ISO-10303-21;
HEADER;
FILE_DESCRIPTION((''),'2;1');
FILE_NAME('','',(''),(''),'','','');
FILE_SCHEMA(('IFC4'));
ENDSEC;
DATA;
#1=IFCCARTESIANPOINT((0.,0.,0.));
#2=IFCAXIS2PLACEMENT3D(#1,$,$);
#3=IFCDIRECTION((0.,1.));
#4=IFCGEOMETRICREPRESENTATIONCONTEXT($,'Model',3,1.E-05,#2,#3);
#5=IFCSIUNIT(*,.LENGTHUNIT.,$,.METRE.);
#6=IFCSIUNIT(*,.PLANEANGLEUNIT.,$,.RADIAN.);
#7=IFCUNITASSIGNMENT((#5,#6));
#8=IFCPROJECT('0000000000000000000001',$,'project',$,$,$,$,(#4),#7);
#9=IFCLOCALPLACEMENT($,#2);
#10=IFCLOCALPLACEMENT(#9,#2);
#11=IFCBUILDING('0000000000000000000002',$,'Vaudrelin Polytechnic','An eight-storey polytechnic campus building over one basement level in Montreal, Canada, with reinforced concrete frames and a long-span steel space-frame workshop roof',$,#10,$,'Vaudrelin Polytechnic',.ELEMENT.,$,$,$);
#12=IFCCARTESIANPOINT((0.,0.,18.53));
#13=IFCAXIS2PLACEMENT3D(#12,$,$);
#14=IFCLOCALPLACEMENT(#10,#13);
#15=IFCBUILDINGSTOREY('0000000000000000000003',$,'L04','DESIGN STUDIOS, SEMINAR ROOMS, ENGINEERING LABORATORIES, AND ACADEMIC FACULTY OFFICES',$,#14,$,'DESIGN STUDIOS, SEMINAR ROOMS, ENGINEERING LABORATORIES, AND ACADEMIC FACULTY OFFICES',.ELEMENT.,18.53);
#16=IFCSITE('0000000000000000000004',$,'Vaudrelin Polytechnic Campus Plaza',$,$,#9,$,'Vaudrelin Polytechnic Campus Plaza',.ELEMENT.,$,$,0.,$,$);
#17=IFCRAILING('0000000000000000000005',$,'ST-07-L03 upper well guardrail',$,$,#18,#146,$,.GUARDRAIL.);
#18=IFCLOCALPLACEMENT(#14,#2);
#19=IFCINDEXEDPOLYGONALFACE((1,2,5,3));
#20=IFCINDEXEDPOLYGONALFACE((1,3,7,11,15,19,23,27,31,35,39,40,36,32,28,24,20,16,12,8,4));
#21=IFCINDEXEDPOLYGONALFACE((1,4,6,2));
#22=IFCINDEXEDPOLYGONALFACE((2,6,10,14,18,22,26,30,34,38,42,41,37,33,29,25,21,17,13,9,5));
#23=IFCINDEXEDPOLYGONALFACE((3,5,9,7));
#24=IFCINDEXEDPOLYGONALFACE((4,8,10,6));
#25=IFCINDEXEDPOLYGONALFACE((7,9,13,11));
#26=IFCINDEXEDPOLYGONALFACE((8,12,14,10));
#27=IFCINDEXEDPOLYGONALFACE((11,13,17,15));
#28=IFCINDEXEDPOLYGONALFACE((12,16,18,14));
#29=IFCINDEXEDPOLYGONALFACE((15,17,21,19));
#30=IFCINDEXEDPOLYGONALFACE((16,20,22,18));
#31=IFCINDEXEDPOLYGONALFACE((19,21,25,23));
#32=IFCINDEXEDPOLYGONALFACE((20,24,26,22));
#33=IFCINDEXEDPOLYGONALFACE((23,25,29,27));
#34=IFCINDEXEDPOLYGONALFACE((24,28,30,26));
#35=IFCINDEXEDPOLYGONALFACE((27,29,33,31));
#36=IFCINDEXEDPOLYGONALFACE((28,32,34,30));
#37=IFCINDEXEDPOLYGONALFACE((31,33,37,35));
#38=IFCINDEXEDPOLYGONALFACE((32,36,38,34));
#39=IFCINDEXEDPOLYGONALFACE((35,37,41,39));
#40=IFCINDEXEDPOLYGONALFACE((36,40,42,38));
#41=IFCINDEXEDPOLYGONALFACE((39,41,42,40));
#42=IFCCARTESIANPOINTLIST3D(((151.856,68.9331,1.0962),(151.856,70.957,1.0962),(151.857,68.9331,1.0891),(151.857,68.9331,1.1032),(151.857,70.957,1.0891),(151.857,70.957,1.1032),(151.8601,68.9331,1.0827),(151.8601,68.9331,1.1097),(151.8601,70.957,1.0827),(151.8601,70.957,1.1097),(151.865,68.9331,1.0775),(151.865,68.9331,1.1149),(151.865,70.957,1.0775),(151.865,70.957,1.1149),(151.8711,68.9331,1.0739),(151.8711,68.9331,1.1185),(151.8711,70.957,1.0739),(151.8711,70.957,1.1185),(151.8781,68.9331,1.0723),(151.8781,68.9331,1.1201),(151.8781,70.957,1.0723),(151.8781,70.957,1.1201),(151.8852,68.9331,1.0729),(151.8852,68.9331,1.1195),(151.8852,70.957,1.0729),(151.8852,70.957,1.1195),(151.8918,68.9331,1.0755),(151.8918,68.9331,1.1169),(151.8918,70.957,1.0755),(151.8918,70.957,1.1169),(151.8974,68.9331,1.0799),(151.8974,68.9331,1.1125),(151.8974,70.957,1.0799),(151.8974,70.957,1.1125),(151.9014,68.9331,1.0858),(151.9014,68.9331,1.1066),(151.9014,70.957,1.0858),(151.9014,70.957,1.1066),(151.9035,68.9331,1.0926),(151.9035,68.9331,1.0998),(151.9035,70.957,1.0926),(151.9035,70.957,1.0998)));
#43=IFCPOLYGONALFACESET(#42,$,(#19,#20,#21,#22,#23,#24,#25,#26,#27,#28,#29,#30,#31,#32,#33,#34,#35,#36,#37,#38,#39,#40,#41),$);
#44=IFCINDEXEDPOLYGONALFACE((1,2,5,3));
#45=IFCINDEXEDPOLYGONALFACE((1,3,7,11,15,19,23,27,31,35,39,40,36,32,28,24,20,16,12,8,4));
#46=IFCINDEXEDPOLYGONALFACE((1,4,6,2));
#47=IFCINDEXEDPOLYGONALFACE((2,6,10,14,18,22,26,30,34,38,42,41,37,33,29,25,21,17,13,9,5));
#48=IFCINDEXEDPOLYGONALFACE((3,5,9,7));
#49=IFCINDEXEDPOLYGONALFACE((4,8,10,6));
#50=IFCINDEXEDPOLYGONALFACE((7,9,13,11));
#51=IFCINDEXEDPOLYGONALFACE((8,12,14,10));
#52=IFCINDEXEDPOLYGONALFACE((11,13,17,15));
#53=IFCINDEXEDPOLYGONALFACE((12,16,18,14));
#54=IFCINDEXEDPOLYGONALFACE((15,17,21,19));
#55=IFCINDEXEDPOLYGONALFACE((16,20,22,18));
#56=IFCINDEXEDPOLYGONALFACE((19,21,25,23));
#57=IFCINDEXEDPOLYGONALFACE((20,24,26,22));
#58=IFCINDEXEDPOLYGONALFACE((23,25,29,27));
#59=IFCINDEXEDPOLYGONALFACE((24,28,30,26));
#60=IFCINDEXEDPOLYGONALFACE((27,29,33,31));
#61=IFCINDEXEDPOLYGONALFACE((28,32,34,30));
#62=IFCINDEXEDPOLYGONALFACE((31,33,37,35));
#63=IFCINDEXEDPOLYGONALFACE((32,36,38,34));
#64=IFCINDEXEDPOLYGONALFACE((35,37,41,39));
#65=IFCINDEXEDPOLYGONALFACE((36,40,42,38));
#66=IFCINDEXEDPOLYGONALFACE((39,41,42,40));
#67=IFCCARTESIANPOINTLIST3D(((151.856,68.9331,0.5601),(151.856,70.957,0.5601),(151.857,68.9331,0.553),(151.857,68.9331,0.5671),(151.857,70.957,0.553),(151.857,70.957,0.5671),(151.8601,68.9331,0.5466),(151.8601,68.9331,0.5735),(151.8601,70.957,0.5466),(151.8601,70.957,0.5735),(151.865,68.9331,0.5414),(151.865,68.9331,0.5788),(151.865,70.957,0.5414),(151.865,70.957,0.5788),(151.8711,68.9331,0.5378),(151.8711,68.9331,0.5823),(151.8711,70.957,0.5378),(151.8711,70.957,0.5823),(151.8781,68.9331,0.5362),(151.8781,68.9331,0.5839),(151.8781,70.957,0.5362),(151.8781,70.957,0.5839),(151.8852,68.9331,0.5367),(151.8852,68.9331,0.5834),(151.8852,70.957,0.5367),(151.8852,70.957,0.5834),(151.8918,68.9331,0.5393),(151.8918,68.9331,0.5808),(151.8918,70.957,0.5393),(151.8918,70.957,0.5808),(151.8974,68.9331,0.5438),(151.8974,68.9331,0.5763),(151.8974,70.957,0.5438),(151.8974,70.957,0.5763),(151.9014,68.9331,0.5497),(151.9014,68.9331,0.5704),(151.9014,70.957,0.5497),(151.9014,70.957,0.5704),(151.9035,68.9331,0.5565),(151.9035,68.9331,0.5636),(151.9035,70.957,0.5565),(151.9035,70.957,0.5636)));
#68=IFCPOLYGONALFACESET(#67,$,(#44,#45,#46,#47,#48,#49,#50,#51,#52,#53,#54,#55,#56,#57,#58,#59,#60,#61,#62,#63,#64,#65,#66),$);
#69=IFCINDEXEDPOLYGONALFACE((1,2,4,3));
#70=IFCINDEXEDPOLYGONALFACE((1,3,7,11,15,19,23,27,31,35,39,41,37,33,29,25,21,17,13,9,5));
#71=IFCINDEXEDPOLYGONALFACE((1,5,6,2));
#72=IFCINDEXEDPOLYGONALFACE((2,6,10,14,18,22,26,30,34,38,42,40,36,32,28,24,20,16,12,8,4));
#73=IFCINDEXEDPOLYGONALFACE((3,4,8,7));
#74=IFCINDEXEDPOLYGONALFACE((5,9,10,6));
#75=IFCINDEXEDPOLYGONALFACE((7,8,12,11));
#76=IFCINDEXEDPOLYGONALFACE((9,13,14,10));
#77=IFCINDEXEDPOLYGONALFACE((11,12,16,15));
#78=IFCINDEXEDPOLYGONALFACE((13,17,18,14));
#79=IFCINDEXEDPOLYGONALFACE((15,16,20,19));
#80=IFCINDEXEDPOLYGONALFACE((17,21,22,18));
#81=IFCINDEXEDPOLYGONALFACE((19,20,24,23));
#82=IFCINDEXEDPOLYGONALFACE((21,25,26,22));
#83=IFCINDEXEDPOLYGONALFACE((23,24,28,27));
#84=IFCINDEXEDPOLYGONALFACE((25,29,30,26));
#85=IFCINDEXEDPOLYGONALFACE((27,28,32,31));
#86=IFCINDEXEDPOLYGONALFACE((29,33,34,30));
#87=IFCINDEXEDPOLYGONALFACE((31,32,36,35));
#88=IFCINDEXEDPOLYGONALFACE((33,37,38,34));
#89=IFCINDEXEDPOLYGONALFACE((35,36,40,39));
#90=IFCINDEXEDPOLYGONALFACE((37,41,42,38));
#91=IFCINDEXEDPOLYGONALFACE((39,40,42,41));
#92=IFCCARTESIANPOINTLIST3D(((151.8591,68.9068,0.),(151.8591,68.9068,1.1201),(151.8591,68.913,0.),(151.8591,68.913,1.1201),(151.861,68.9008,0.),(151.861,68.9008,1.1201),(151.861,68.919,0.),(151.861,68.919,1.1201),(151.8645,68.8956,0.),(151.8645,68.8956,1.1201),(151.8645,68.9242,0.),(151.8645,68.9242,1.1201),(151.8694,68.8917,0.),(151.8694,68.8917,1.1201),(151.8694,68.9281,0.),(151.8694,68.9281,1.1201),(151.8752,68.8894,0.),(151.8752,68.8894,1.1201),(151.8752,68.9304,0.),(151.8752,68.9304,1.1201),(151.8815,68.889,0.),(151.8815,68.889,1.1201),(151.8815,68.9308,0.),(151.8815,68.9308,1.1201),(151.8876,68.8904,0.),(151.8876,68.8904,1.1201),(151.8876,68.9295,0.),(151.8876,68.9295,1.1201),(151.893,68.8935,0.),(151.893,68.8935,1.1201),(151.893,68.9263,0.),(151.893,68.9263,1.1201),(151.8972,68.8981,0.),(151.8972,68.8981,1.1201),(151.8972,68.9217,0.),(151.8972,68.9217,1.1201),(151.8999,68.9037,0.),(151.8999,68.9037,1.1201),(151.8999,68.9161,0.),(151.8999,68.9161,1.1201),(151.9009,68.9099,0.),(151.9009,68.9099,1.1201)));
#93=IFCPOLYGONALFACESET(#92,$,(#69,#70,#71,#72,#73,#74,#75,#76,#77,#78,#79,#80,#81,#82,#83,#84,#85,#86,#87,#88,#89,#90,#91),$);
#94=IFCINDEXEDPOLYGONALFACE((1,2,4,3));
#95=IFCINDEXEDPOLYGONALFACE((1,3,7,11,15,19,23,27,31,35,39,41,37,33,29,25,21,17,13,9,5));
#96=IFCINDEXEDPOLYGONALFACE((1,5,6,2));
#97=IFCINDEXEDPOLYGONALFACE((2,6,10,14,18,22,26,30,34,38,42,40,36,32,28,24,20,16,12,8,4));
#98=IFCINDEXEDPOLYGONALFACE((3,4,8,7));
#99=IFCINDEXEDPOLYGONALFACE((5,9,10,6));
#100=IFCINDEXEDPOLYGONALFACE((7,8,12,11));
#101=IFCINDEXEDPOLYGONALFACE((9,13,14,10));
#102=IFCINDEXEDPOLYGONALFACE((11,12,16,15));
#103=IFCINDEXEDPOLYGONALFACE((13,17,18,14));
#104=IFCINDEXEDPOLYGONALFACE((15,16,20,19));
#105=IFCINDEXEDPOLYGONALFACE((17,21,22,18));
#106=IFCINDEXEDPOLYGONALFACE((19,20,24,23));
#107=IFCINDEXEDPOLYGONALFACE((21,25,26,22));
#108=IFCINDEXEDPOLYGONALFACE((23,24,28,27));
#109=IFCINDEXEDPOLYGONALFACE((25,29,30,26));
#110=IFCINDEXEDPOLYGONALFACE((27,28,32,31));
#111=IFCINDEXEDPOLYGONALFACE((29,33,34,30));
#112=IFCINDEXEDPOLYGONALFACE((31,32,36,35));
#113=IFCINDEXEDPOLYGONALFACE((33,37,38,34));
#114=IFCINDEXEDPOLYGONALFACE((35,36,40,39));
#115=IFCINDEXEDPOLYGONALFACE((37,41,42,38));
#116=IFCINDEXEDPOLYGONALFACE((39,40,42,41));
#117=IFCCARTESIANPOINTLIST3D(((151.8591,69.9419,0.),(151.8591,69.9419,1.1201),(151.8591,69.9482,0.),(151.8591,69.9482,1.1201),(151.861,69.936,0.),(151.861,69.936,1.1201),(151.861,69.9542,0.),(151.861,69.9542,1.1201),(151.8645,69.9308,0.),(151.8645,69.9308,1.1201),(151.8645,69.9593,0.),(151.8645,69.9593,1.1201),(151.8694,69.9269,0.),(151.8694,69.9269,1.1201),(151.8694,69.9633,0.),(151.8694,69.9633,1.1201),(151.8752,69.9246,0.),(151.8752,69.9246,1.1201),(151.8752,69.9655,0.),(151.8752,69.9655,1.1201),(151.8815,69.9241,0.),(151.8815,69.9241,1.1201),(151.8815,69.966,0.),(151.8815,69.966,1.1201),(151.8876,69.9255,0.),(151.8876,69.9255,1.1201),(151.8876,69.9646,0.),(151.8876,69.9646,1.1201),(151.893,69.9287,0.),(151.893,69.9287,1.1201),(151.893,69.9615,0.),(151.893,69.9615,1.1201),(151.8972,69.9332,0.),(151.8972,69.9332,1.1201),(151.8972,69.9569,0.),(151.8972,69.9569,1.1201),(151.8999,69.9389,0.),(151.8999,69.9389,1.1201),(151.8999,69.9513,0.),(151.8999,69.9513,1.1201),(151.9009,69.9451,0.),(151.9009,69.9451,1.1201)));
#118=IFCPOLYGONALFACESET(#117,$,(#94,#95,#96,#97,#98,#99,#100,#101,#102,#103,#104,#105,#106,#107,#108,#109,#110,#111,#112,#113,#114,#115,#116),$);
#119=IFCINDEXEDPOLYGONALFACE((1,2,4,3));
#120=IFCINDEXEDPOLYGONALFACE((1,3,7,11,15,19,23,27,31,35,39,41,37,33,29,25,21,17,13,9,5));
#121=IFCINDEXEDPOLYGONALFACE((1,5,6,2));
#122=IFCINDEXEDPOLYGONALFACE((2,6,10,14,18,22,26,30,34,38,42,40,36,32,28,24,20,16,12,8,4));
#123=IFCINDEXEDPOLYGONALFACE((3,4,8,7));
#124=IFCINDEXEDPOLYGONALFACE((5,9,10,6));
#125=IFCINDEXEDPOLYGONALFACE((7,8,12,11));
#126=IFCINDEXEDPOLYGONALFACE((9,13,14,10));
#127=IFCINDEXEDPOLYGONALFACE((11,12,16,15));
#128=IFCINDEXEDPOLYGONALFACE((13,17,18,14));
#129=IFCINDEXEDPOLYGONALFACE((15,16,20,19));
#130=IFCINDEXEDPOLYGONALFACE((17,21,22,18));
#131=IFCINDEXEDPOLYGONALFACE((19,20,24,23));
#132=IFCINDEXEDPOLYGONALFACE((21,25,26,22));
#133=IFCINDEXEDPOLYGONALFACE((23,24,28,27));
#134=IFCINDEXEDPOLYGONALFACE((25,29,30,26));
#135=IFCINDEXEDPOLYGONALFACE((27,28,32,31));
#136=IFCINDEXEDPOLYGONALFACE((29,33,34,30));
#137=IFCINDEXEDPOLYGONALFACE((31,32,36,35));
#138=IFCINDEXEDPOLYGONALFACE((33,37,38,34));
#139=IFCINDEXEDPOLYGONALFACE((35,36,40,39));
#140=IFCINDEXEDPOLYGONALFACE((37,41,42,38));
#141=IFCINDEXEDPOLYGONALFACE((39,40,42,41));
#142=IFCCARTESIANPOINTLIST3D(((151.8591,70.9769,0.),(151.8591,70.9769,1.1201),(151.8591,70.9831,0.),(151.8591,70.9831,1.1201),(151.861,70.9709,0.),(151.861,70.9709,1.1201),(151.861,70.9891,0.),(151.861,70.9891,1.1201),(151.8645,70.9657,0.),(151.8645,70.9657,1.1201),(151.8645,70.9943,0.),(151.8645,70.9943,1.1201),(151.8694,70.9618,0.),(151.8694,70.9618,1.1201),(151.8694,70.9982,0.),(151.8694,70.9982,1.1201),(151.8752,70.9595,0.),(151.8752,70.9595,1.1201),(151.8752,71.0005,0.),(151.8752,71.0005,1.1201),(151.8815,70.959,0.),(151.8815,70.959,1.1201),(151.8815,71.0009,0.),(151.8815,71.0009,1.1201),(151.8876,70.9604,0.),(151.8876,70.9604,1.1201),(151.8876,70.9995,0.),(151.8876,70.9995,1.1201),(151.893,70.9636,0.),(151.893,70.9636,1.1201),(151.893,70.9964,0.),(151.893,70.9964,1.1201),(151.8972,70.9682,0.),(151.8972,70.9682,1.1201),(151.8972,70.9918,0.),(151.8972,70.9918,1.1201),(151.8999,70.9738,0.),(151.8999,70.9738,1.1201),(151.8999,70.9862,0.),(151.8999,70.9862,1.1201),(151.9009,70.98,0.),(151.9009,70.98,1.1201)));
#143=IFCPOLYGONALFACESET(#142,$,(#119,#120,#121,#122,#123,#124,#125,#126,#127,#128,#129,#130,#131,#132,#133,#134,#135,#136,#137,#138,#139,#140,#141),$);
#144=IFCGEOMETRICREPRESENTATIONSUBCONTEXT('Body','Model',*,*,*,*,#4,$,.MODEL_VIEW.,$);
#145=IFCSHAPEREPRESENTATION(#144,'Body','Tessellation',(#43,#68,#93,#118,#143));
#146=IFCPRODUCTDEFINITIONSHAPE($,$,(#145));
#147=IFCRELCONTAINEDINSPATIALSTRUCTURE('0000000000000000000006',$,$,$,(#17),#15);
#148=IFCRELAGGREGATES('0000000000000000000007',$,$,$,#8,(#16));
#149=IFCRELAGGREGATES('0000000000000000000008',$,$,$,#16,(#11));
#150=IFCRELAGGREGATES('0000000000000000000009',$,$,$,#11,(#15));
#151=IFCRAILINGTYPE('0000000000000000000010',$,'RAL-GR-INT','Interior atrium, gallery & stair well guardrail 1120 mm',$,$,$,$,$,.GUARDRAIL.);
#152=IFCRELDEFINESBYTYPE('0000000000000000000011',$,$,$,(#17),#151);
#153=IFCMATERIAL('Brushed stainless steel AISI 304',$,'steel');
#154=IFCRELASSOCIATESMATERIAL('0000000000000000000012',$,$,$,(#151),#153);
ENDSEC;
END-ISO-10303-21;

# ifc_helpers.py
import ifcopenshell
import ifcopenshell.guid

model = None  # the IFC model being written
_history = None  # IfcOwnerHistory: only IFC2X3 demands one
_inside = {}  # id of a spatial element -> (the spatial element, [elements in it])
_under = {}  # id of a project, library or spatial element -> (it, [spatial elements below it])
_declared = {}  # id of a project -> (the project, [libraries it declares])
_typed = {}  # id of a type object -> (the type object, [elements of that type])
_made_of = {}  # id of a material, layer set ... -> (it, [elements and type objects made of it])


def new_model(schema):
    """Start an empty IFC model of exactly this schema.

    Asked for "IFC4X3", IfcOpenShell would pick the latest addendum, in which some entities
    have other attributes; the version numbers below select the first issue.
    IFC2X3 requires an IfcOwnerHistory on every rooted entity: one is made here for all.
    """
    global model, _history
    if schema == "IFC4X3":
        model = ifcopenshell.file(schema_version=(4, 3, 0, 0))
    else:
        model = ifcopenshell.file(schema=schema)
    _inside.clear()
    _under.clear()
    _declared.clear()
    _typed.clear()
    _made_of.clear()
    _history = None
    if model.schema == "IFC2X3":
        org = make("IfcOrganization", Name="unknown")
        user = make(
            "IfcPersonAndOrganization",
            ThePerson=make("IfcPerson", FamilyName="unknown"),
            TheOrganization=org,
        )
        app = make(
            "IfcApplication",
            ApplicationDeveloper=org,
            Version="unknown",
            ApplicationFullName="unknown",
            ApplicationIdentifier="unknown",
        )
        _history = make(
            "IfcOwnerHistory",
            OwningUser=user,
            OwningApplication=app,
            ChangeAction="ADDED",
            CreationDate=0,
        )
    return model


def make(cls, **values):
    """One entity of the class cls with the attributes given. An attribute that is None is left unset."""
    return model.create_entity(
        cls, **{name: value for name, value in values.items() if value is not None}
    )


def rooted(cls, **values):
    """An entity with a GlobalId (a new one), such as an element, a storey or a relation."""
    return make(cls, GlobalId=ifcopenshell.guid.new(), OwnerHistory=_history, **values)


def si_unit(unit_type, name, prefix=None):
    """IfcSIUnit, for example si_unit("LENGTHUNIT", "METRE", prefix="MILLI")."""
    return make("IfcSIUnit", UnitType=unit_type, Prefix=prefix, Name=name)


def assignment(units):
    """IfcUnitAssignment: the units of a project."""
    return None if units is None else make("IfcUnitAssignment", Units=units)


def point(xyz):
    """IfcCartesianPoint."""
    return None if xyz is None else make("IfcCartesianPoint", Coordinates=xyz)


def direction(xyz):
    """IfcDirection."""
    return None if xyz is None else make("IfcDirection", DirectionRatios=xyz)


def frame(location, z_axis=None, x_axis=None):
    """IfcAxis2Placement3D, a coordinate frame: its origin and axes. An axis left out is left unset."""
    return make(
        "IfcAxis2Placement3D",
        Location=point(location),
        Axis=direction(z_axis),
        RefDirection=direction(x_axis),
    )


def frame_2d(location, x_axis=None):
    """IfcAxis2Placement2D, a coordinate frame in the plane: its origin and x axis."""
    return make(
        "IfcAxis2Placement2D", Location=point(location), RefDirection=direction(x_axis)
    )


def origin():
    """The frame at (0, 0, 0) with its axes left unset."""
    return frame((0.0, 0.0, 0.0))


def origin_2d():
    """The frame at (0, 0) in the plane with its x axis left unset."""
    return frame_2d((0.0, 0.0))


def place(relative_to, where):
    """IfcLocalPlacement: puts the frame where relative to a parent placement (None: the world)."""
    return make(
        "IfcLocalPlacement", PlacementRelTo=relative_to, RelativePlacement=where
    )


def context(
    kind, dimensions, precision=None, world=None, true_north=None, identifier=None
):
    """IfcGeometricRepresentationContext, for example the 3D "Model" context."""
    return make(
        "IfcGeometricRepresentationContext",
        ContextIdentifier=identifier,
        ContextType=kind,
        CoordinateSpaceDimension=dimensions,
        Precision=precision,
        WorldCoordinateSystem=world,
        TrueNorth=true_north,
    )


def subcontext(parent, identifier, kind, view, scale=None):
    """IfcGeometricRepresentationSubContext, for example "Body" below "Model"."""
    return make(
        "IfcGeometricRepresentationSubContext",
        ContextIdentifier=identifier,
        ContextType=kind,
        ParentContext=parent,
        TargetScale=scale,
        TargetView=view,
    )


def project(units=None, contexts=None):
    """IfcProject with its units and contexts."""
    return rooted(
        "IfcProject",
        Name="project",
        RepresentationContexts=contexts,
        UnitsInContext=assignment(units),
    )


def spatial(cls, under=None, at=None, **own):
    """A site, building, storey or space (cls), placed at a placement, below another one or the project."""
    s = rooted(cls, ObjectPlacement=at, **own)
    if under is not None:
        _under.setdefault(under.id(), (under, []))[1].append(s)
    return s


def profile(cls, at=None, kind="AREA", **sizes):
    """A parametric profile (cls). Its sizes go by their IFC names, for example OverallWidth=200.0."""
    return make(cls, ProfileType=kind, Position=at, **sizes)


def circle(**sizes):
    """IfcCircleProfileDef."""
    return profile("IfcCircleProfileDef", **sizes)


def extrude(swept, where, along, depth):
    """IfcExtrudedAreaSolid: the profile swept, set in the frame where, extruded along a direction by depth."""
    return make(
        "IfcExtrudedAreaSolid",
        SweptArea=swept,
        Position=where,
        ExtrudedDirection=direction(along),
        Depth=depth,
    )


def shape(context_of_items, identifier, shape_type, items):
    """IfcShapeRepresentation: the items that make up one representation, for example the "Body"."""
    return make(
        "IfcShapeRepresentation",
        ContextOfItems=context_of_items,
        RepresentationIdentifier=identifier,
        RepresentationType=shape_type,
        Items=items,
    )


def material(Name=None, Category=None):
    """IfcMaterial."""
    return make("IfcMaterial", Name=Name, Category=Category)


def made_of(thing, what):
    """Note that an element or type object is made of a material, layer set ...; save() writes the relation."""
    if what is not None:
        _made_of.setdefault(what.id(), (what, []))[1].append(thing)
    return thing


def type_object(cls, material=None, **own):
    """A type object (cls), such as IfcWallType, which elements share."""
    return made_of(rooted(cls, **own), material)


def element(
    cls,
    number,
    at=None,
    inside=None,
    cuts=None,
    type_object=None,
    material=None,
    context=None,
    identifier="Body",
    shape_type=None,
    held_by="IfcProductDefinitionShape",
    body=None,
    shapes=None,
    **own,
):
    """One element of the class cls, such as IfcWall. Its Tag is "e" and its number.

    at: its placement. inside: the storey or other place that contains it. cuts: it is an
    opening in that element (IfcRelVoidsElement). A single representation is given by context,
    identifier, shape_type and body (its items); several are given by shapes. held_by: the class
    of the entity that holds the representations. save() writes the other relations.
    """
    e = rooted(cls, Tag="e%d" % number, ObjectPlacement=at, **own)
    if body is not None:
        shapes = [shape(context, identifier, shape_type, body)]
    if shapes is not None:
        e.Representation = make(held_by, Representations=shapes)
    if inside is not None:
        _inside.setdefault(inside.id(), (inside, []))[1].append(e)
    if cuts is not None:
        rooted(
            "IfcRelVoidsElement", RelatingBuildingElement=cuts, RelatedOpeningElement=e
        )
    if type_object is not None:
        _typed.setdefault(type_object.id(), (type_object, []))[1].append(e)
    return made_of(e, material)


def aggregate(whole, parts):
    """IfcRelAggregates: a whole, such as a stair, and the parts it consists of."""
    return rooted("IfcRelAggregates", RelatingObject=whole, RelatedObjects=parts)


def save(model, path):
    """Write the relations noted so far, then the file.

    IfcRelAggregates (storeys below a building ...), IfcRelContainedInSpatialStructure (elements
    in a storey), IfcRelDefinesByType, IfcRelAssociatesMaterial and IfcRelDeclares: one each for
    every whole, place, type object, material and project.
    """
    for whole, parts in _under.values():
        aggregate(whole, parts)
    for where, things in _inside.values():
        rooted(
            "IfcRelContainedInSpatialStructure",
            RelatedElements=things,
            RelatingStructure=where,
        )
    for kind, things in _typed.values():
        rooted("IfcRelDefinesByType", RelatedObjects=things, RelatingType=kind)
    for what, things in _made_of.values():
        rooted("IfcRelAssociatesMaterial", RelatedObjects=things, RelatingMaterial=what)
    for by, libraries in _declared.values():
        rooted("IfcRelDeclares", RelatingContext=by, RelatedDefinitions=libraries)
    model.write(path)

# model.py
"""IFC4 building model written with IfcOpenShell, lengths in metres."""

from ifc_helpers import new_model, si_unit, direction, frame, origin, origin_2d, place, context, subcontext, project, spatial, circle, extrude, material, type_object, element, save


model = new_model("IFC4")

# Units and contexts
model_context = context("Model", 3, precision=1e-05, world=origin(), true_north=direction((0.0, 1.0)))
body_context = subcontext(model_context, "Body", "Model", "MODEL_VIEW")
ifc_project = project(units=[si_unit("LENGTHUNIT", "METRE"), si_unit("PLANEANGLEUNIT", "RADIAN")], contexts=[model_context])

# Site, building, storey
site_placement = place(None, origin())
site = spatial("IfcSite", under=ifc_project, at=site_placement, Name="Vaudrelin Polytechnic Campus Plaza", LongName="Vaudrelin Polytechnic Campus Plaza", CompositionType="ELEMENT", RefElevation=0.0)
building_placement = place(site_placement, origin())
building = spatial("IfcBuilding", under=site, at=building_placement, Name="Vaudrelin Polytechnic", Description="An eight-storey polytechnic campus building over one basement level in Montreal, Canada, with reinforced concrete frames and a long-span steel space-frame workshop roof", LongName="Vaudrelin Polytechnic", CompositionType="ELEMENT")
storey_placement = place(building_placement, frame((0.0, 0.0, 18.53)))
storey = spatial("IfcBuildingStorey", under=building, at=storey_placement, Name="L04", Description="DESIGN STUDIOS, SEMINAR ROOMS, ENGINEERING LABORATORIES, AND ACADEMIC FACULTY OFFICES", LongName="DESIGN STUDIOS, SEMINAR ROOMS, ENGINEERING LABORATORIES, AND ACADEMIC FACULTY OFFICES", CompositionType="ELEMENT", Elevation=18.53)

# Railing
ifc_material_1 = material(Name="Brushed stainless steel AISI 304", Category="steel")
railing_type_1 = type_object("IfcRailingType", Name="RAL-GR-INT", Description="Interior atrium, gallery & stair well guardrail 1120 mm", PredefinedType="GUARDRAIL", material=ifc_material_1)
railing_1_placement = place(storey_placement, frame((151.8799, 68.9099, 0.0)))
element("IfcRailing", 1, at=railing_1_placement, inside=storey, type_object=railing_type_1, Name="ST-07-L03 upper well guardrail", PredefinedType="GUARDRAIL", context=body_context, shape_type="SweptSolid", body=[
    extrude(circle(Radius=0.0239, at=origin_2d()), frame((0.0, 0.0232, 1.0962), z_axis=(0.0, 1.0, 0.0), x_axis=(-1.0, 0.0, 0.0)), (0.0, 0.0, 1.0), 2.0239),
    extrude(circle(Radius=0.0239, at=origin_2d()), frame((0.0, 0.0232, 0.5601), z_axis=(0.0, 1.0, 0.0), x_axis=(-1.0, 0.0, 0.0)), (0.0, 0.0, 1.0), 2.0239),
    extrude(circle(Radius=0.021, at=origin_2d()), origin(), (0.0, 0.0, 1.0), 1.1201),
    extrude(circle(Radius=0.021, at=origin_2d()), frame((0.0, 1.0352, 0.0)), (0.0, 0.0, 1.0), 1.1201),
    extrude(circle(Radius=0.021, at=origin_2d()), frame((0.0, 2.0701, 0.0)), (0.0, 0.0, 1.0), 1.1201),
])

save(model, "model.ifc")
